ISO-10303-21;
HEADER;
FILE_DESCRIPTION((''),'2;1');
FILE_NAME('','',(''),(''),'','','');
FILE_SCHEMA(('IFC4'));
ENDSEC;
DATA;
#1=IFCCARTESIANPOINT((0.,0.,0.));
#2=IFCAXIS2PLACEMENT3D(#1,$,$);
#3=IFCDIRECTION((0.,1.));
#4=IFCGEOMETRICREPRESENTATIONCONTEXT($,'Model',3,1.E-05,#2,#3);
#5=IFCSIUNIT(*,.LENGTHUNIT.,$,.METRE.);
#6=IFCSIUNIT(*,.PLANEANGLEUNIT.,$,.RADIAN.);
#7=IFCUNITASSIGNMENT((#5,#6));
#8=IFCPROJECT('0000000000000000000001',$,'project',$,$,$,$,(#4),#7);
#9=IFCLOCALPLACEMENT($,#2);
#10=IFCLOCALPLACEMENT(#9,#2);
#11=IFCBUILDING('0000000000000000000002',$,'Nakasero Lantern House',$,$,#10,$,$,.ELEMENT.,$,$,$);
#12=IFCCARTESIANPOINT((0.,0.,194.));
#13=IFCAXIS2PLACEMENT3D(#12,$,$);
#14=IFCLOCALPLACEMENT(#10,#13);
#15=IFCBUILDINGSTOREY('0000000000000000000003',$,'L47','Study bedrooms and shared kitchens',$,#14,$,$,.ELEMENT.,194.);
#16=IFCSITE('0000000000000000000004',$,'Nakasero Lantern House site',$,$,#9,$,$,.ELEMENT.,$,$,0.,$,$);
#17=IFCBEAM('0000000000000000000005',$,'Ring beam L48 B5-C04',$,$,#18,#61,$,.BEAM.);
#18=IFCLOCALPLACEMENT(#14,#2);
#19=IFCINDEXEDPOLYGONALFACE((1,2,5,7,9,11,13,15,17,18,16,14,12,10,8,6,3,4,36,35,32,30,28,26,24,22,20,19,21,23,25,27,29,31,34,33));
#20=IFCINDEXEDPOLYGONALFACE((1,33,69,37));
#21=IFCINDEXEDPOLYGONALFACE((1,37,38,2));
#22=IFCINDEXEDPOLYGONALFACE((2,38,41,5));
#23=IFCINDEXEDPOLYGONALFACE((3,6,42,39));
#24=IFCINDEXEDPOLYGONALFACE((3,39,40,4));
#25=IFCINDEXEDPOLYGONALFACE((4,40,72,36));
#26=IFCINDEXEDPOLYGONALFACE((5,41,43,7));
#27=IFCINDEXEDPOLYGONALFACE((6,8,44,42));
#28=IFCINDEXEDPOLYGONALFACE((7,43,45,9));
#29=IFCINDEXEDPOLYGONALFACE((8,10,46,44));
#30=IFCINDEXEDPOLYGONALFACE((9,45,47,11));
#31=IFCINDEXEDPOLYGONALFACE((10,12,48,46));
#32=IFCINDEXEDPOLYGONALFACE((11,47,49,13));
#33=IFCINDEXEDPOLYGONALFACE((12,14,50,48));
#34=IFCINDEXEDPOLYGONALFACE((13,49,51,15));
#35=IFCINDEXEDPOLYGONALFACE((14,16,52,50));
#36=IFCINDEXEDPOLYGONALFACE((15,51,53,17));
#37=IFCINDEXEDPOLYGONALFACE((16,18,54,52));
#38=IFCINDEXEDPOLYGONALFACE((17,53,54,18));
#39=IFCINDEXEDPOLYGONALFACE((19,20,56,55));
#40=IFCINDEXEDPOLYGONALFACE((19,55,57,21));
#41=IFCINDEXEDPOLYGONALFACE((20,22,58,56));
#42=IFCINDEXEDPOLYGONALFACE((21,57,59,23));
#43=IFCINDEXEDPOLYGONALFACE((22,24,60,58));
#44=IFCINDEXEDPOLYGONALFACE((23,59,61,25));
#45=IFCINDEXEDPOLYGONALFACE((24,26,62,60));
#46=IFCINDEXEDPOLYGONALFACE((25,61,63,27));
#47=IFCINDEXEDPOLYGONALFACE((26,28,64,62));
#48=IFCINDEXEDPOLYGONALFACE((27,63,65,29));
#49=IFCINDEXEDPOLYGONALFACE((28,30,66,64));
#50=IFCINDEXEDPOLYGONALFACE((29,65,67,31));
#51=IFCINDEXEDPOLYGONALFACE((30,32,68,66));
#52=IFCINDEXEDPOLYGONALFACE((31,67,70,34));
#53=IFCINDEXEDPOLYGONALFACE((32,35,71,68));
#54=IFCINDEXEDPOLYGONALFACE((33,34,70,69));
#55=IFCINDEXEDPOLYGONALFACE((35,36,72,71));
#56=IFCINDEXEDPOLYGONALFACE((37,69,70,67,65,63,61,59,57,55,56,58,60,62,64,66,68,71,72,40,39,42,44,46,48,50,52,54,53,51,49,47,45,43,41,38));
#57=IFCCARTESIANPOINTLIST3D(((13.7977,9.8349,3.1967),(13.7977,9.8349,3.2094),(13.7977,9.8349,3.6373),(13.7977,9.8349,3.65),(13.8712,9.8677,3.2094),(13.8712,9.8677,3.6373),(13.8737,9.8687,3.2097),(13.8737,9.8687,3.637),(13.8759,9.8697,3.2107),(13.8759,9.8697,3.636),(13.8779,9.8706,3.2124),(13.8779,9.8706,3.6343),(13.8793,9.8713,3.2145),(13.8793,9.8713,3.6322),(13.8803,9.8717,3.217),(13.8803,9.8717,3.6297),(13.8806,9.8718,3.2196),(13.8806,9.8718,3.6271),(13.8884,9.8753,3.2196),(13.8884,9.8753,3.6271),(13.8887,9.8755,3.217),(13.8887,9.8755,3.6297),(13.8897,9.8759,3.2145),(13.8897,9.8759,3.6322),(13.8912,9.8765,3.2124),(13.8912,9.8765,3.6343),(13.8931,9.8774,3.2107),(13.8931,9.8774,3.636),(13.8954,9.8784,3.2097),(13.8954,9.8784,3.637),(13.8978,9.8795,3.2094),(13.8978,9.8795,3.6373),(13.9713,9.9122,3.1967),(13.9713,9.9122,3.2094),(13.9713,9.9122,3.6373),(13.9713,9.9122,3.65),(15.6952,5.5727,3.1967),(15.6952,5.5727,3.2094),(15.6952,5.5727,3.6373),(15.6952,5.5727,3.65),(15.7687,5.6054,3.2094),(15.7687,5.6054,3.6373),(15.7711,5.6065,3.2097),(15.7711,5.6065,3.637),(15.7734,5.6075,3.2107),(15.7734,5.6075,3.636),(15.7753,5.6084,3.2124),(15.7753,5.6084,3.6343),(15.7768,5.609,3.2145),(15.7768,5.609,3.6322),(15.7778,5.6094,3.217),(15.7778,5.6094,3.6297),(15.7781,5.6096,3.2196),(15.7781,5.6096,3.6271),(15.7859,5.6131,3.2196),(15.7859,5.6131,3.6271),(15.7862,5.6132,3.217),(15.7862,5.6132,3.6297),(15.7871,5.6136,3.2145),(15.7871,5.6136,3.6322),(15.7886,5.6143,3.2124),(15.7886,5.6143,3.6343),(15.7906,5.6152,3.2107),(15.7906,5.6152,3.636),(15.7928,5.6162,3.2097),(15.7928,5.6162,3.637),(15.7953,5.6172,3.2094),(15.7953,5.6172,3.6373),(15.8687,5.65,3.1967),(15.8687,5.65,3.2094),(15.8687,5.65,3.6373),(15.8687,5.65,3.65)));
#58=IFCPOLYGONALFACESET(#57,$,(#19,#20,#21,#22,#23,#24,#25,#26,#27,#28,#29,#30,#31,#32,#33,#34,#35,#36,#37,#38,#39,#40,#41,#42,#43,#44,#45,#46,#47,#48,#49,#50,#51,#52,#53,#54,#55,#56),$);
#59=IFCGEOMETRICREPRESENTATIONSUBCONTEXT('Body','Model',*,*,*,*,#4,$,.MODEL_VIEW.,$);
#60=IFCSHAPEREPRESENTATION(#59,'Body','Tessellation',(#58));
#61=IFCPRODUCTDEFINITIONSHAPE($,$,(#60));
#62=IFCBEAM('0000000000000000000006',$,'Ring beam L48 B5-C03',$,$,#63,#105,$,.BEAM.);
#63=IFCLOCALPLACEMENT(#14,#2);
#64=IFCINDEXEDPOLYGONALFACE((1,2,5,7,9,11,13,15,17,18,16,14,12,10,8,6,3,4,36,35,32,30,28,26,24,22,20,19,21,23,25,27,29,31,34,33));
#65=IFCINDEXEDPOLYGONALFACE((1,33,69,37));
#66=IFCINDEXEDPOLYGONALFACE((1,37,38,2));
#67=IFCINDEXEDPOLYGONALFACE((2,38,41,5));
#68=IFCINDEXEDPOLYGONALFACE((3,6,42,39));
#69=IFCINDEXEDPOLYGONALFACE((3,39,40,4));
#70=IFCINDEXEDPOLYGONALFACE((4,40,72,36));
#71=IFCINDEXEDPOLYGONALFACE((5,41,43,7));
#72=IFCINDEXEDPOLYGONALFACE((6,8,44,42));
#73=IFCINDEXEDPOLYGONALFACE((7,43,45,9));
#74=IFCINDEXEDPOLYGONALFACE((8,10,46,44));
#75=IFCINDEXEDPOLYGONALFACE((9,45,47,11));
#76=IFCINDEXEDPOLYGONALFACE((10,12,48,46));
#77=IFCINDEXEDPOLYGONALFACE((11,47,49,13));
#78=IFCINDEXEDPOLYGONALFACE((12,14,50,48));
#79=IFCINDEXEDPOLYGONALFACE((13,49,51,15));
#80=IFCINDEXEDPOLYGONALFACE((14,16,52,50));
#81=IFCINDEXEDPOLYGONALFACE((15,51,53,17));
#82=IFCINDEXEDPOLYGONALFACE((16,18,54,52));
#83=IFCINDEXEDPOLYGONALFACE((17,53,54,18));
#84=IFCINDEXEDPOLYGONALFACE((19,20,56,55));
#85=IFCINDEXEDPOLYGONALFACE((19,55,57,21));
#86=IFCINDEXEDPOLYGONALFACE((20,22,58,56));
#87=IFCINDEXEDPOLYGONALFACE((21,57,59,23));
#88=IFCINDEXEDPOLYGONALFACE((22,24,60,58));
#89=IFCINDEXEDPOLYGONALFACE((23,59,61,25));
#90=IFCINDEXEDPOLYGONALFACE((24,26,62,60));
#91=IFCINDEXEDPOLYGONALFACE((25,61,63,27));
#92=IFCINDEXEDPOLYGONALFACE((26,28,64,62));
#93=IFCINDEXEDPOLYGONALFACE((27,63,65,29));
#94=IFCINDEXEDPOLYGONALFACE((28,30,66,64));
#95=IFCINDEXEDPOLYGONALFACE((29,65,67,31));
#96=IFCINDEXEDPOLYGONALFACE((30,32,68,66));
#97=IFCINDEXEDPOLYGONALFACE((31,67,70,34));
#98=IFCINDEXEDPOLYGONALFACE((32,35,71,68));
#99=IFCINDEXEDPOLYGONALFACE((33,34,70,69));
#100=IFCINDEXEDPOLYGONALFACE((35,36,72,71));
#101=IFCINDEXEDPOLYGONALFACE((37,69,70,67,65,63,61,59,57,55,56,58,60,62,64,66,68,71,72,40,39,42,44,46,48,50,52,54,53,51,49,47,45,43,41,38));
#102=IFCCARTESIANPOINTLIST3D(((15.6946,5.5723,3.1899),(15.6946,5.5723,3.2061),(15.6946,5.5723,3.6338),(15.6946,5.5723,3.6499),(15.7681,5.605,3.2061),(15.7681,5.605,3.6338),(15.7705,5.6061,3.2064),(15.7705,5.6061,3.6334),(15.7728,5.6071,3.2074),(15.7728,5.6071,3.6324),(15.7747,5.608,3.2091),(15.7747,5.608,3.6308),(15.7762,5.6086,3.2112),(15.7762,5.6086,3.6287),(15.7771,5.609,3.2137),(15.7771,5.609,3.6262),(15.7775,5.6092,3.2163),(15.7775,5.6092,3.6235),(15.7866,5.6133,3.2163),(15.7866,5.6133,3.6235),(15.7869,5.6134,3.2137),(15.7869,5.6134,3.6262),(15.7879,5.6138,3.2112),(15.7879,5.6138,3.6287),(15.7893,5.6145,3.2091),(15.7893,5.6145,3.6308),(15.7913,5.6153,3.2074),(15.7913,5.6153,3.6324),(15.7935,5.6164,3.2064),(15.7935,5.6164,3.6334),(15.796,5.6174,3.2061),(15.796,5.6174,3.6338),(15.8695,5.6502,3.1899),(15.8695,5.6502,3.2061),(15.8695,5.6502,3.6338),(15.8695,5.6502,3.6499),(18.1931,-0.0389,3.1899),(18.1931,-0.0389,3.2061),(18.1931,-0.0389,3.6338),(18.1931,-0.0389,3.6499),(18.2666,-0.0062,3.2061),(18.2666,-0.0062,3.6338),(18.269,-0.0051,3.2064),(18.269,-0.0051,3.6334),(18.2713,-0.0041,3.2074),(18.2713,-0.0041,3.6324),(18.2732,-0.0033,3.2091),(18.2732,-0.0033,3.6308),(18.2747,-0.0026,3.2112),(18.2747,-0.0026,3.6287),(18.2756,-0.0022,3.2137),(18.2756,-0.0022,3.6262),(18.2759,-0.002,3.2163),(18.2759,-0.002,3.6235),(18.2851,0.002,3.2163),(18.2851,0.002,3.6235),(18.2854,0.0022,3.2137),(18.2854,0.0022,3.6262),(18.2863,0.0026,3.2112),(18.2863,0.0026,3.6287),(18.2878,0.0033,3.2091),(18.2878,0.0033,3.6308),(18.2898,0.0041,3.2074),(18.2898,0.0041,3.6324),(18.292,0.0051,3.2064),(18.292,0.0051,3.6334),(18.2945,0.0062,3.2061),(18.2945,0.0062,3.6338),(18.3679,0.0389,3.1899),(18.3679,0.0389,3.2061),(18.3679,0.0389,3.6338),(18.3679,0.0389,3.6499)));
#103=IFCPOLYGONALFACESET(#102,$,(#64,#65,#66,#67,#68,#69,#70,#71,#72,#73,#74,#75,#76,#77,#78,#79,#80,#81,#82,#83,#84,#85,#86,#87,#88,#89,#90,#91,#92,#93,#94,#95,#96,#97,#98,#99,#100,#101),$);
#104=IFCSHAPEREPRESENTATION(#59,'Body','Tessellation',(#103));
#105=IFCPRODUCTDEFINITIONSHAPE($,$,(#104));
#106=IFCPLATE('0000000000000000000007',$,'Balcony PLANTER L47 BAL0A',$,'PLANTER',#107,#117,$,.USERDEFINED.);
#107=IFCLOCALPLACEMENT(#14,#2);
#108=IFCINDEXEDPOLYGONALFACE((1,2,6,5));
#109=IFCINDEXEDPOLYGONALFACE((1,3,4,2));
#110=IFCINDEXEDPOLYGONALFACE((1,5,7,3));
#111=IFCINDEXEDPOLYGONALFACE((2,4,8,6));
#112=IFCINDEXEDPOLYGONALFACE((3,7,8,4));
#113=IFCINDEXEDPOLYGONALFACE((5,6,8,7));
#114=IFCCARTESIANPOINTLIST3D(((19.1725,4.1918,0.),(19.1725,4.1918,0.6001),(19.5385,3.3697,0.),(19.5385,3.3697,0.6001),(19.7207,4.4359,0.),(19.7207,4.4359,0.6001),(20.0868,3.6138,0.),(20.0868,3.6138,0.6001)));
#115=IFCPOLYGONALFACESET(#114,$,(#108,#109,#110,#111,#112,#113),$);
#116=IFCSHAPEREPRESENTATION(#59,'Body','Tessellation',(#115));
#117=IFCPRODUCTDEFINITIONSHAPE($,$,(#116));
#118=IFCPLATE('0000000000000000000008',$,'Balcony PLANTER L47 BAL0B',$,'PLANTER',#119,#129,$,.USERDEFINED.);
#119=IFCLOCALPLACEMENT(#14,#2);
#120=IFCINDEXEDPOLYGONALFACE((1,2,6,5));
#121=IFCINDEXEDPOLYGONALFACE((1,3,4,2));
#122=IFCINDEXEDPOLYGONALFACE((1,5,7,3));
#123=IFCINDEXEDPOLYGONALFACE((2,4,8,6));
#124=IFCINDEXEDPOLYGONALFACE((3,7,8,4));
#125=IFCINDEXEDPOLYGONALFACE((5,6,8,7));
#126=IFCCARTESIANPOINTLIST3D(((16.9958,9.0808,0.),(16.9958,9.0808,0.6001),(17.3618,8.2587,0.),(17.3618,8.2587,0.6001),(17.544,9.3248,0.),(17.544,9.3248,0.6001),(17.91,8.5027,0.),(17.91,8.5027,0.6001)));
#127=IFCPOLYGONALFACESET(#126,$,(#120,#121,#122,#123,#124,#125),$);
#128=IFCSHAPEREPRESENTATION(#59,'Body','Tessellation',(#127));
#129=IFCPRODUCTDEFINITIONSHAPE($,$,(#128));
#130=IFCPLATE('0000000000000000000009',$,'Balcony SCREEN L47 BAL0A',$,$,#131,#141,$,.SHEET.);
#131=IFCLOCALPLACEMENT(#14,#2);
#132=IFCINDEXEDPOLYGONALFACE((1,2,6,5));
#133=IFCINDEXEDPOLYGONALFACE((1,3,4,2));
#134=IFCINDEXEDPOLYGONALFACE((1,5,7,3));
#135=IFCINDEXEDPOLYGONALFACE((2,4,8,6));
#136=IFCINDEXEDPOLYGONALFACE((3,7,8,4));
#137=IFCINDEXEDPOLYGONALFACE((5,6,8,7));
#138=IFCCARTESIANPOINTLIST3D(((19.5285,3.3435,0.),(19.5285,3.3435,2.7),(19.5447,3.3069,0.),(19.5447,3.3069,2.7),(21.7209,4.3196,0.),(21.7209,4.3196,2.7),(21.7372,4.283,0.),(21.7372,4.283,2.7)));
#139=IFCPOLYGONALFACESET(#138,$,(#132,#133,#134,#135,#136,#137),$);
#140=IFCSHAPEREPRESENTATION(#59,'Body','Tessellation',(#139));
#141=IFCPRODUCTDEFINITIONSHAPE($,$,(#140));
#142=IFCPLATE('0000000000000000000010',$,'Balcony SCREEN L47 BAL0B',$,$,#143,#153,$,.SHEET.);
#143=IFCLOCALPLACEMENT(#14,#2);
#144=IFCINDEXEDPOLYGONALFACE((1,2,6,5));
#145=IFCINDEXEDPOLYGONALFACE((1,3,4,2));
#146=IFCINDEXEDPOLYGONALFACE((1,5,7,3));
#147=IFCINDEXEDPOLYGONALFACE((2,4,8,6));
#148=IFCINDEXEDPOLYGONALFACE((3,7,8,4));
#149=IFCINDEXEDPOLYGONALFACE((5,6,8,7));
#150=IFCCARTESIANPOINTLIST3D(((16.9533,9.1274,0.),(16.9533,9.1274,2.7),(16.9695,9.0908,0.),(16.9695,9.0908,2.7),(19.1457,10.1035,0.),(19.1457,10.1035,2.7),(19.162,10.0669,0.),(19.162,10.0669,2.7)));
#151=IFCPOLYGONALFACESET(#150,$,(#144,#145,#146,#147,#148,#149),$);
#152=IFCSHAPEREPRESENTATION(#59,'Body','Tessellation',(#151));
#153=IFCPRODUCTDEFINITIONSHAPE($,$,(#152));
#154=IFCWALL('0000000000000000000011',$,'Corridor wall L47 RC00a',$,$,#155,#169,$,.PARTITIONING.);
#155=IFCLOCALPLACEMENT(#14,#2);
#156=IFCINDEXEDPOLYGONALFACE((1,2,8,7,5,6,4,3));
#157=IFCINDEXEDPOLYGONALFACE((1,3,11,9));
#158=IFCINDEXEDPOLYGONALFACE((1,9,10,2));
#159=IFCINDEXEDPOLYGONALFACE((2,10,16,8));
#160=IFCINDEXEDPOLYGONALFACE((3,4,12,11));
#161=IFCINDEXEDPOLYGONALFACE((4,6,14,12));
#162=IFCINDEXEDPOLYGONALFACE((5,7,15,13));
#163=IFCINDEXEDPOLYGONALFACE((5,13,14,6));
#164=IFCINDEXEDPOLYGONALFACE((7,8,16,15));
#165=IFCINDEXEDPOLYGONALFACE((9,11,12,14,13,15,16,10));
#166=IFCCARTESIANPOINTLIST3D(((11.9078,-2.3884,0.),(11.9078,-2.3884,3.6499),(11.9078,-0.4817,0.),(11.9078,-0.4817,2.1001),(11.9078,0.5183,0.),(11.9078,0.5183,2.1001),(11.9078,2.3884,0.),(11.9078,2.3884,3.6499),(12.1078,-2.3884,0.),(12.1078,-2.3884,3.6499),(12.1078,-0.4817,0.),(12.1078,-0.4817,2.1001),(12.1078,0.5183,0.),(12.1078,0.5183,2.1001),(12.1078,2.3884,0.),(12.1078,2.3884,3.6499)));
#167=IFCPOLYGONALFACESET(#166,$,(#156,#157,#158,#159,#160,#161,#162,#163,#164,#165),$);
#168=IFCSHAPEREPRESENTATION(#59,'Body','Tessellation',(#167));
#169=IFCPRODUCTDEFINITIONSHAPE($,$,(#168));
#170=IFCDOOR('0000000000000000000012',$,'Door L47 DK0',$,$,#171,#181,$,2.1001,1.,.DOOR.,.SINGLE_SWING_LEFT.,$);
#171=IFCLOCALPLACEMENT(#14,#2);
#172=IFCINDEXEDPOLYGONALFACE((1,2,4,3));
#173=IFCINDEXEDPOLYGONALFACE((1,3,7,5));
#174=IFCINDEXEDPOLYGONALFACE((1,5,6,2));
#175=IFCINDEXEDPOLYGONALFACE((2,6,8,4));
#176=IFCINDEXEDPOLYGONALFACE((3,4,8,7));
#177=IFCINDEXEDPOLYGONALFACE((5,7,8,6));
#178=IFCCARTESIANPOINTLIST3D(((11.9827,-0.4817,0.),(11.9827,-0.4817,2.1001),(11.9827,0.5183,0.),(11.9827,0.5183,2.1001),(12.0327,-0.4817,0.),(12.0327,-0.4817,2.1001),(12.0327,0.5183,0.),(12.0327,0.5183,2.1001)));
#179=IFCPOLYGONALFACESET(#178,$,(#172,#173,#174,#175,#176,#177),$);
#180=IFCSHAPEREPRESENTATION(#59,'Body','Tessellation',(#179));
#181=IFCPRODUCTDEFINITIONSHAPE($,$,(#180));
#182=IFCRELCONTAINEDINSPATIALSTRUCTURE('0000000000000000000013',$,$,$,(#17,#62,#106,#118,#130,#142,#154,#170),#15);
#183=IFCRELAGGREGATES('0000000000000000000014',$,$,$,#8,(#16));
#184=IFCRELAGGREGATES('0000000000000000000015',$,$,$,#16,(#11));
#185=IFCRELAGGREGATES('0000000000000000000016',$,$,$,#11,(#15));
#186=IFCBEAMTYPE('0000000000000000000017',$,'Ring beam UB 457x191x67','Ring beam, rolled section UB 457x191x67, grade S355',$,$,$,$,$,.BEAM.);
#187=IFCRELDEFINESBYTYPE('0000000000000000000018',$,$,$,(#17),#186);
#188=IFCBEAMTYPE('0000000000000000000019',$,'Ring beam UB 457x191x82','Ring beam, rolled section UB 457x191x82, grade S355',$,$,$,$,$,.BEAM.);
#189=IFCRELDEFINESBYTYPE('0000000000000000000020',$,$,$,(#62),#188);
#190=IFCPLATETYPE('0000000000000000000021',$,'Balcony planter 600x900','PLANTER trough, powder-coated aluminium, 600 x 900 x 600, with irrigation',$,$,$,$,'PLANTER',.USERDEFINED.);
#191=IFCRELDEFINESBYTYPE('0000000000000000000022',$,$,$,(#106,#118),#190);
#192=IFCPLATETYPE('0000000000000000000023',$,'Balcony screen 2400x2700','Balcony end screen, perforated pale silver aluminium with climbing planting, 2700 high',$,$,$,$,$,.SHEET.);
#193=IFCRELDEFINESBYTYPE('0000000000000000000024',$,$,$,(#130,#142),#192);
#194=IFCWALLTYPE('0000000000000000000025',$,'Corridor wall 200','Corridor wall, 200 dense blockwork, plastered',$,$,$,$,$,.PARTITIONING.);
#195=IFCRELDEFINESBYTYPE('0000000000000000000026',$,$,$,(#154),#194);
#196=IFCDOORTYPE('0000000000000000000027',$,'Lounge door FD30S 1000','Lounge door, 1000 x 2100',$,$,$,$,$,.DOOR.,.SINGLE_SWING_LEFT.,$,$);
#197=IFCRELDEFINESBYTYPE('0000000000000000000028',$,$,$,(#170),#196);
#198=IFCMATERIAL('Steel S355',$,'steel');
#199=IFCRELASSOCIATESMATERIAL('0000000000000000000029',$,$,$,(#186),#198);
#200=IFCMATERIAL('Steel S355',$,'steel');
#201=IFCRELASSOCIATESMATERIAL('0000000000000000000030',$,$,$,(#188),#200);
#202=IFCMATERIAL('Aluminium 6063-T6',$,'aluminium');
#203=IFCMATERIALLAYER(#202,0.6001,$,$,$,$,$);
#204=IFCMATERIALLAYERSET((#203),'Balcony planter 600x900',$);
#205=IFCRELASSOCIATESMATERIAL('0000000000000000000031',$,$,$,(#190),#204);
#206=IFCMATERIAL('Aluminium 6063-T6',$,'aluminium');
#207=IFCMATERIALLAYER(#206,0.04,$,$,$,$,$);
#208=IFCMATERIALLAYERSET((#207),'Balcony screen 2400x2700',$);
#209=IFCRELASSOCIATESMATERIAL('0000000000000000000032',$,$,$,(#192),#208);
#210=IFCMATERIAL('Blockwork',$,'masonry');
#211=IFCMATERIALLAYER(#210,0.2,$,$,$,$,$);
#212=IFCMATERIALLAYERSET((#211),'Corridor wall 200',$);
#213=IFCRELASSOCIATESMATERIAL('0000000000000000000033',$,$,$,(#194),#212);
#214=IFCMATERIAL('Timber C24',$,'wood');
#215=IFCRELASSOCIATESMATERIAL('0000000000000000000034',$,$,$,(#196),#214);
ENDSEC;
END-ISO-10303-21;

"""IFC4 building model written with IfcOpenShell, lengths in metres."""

from ifc_helpers import new_model, si_unit, direction, frame, frame_2d, origin, origin_2d, place, context, subcontext, project, spatial, rectangle, i_section, extrude, material, layer, layer_set, material_profile, profile_set, type_object, element, fill, save


model = new_model("IFC4")

# Units and contexts
model_context = context("Model", 3, precision=1e-05, world=origin(), true_north=direction((0.0, 1.0)))
body_context = subcontext(model_context, "Body", "Model", "MODEL_VIEW")
ifc_project = project(units=[si_unit("LENGTHUNIT", "METRE"), si_unit("PLANEANGLEUNIT", "RADIAN")], contexts=[model_context])

# Site, building, storey
site_placement = place(None, origin())
site = spatial("IfcSite", under=ifc_project, at=site_placement, Name="Nakasero Lantern House site", CompositionType="ELEMENT", RefElevation=0.0)
building_placement = place(site_placement, origin())
building = spatial("IfcBuilding", under=site, at=building_placement, Name="Nakasero Lantern House", CompositionType="ELEMENT")
storey_placement = place(building_placement, frame((0.0, 0.0, 194.0)))
storey = spatial("IfcBuildingStorey", under=building, at=storey_placement, Name="L47", Description="Study bedrooms and shared kitchens", CompositionType="ELEMENT", Elevation=194.0)

# Beams
ifc_material_1 = material(Name="Steel S355", Category="steel")
ifc_material_profile_1 = material_profile(ifc_material_1, i_section(OverallWidth=0.1899, OverallDepth=0.4534, WebThickness=0.0085, FlangeThickness=0.0127, FilletRadius=0.0103, at=origin_2d()), Name="UB 457x191x67")
ifc_profile_set_1 = profile_set([ifc_material_profile_1], Name="Steel S355")
beam_type_1 = type_object("IfcBeamType", Name="Ring beam UB 457x191x67", Description="Ring beam, rolled section UB 457x191x67, grade S355", PredefinedType="BEAM", material=ifc_profile_set_1)
beam_1_placement = place(storey_placement, frame((15.782, 5.6113, 3.4233), z_axis=(-0.406702, 0.913561, 0.0), x_axis=(-0.913561, -0.406702, 0.0)))
element("IfcBeam", 1, at=beam_1_placement, inside=storey, type_object=beam_type_1, Name="Ring beam L48 B5-C04", PredefinedType="BEAM", context=body_context, shape_type="SweptSolid", body=[
    extrude(i_section(OverallWidth=0.1899, OverallDepth=0.4534, WebThickness=0.0085, FlangeThickness=0.0127, FilletRadius=0.0103, at=origin_2d()), origin(), (0.0, 0.0, 1.0), 4.6655),
])
ifc_material_2 = material(Name="Steel S355", Category="steel")
ifc_material_profile_2 = material_profile(ifc_material_2, i_section(OverallWidth=0.1914, OverallDepth=0.46, WebThickness=0.01, FlangeThickness=0.0161, FilletRadius=0.0103, at=origin_2d()), Name="UB 457x191x82")
ifc_profile_set_2 = profile_set([ifc_material_profile_2], Name="Steel S355")
beam_type_2 = type_object("IfcBeamType", Name="Ring beam UB 457x191x82", Description="Ring beam, rolled section UB 457x191x82, grade S355", PredefinedType="BEAM", material=ifc_profile_set_2)
beam_2_placement = place(storey_placement, frame((18.2805, 0.0, 3.4199), z_axis=(-0.406765, 0.913533, 0.0), x_axis=(-0.913533, -0.406765, 0.0)))
element("IfcBeam", 2, at=beam_2_placement, inside=storey, type_object=beam_type_2, Name="Ring beam L48 B5-C03", PredefinedType="BEAM", context=body_context, shape_type="SweptSolid", body=[
    extrude(i_section(OverallWidth=0.1914, OverallDepth=0.46, WebThickness=0.01, FlangeThickness=0.0161, FilletRadius=0.0103, at=origin_2d()), origin(), (0.0, 0.0, 1.0), 6.1423),
])

# Plates
ifc_material_3 = material(Name="Aluminium 6063-T6", Category="aluminium")
ifc_layer_1 = layer(ifc_material_3, 0.6001)
ifc_layer_set_1 = layer_set([ifc_layer_1], Name="Balcony planter 600x900")
plate_type_1 = type_object("IfcPlateType", Name="Balcony planter 600x900", Description="PLANTER trough, powder-coated aluminium, 600 x 900 x 600, with irrigation", ElementType="PLANTER", PredefinedType="USERDEFINED", material=ifc_layer_set_1)
for number, where, z_axis, x_axis, name in (
    (3, (19.6296, 3.9028, 0.0), (0.0, 0.0, 1.0), (0.913545, 0.406737, 0.0), "Balcony PLANTER L47 BAL0A"),
    (4, (17.4529, 8.7917, 0.0), (0.0, 0.0, 1.0), (0.913545, 0.406737, 0.0), "Balcony PLANTER L47 BAL0B"),
):
    element("IfcPlate", number, at=place(storey_placement, frame(where, z_axis=z_axis, x_axis=x_axis)), inside=storey, type_object=plate_type_1, Name=name, ObjectType="PLANTER", PredefinedType="USERDEFINED", context=body_context, shape_type="SweptSolid", body=[
        extrude(rectangle(XDim=0.6001, YDim=0.8999, at=origin_2d()), origin(), (0.0, 0.0, 1.0), 0.6001),
    ])
ifc_material_4 = material(Name="Aluminium 6063-T6", Category="aluminium")
ifc_layer_2 = layer(ifc_material_4, 0.04)
ifc_layer_set_2 = layer_set([ifc_layer_2], Name="Balcony screen 2400x2700")
plate_type_2 = type_object("IfcPlateType", Name="Balcony screen 2400x2700", Description="Balcony end screen, perforated pale silver aluminium with climbing planting, 2700 high", PredefinedType="SHEET", material=ifc_layer_set_2)
for number, where, z_axis, x_axis, name in (
    (5, (20.6328, 3.8132, 0.0), (0.0, 0.0, 1.0), (0.913545, 0.406737, 0.0), "Balcony SCREEN L47 BAL0A"),
    (6, (18.0576, 9.5972, 0.0), (0.0, 0.0, 1.0), (0.913545, 0.406737, 0.0), "Balcony SCREEN L47 BAL0B"),
):
    element("IfcPlate", number, at=place(storey_placement, frame(where, z_axis=z_axis, x_axis=x_axis)), inside=storey, type_object=plate_type_2, Name=name, PredefinedType="SHEET", context=body_context, shape_type="SweptSolid", body=[
        extrude(rectangle(XDim=2.3999, YDim=0.04, at=origin_2d()), origin(), (0.0, 0.0, 1.0), 2.7),
    ])

# Wall, opening, door
ifc_material_5 = material(Name="Blockwork", Category="masonry")
ifc_layer_3 = layer(ifc_material_5, 0.2)
ifc_layer_set_3 = layer_set([ifc_layer_3], Name="Corridor wall 200")
wall_type_1 = type_object("IfcWallType", Name="Corridor wall 200", Description="Corridor wall, 200 dense blockwork, plastered", PredefinedType="PARTITIONING", material=ifc_layer_set_3)
wall_1_placement = place(storey_placement, frame((12.0078, 2.3884, 0.0), z_axis=(0.0, 0.0, 1.0), x_axis=(0.0, -1.0, 0.0)))
wall_1 = element("IfcWall", 7, at=wall_1_placement, inside=storey, type_object=wall_type_1, Name="Corridor wall L47 RC00a", PredefinedType="PARTITIONING", context=body_context, shape_type="SweptSolid", body=[
    extrude(rectangle(XDim=4.7769, YDim=0.2, at=frame_2d((2.3884, 0.0))), origin(), (0.0, 0.0, 1.0), 3.6499),
])
opening_1_placement = place(wall_1_placement, frame((1.8701, 0.0, 0.0)))
opening_1 = element("IfcOpeningElement", 8, at=opening_1_placement, cuts=wall_1, PredefinedType="OPENING", context=body_context, shape_type="SweptSolid", body=[
    extrude(rectangle(XDim=1.0, YDim=2.1001, at=frame_2d((0.5, 1.05))), frame((0.0, 0.1199, 0.0), z_axis=(0.0, -1.0, 0.0), x_axis=(1.0, 0.0, 0.0)), (0.0, 0.0, 1.0), 0.24),
])
ifc_material_6 = material(Name="Timber C24", Category="wood")
door_type_1 = type_object("IfcDoorType", Name="Lounge door FD30S 1000", Description="Lounge door, 1000 x 2100", OperationType="SINGLE_SWING_LEFT", PredefinedType="DOOR", material=ifc_material_6)
door_1_placement = place(opening_1_placement, origin())
door_1 = element("IfcDoor", 9, at=door_1_placement, inside=storey, type_object=door_type_1, Name="Door L47 DK0", OperationType="SINGLE_SWING_LEFT", OverallHeight=2.1001, OverallWidth=1.0, PredefinedType="DOOR", context=body_context, shape_type="SweptSolid", body=[
    extrude(rectangle(XDim=1.0, YDim=2.1001, at=frame_2d((0.5, 1.05))), frame((0.0, 0.0249, 0.0), z_axis=(0.0, -1.0, 0.0), x_axis=(1.0, 0.0, 0.0)), (0.0, 0.0, 1.0), 0.05),
])
fill(opening_1, door_1)

save(model, "model.ifc")
